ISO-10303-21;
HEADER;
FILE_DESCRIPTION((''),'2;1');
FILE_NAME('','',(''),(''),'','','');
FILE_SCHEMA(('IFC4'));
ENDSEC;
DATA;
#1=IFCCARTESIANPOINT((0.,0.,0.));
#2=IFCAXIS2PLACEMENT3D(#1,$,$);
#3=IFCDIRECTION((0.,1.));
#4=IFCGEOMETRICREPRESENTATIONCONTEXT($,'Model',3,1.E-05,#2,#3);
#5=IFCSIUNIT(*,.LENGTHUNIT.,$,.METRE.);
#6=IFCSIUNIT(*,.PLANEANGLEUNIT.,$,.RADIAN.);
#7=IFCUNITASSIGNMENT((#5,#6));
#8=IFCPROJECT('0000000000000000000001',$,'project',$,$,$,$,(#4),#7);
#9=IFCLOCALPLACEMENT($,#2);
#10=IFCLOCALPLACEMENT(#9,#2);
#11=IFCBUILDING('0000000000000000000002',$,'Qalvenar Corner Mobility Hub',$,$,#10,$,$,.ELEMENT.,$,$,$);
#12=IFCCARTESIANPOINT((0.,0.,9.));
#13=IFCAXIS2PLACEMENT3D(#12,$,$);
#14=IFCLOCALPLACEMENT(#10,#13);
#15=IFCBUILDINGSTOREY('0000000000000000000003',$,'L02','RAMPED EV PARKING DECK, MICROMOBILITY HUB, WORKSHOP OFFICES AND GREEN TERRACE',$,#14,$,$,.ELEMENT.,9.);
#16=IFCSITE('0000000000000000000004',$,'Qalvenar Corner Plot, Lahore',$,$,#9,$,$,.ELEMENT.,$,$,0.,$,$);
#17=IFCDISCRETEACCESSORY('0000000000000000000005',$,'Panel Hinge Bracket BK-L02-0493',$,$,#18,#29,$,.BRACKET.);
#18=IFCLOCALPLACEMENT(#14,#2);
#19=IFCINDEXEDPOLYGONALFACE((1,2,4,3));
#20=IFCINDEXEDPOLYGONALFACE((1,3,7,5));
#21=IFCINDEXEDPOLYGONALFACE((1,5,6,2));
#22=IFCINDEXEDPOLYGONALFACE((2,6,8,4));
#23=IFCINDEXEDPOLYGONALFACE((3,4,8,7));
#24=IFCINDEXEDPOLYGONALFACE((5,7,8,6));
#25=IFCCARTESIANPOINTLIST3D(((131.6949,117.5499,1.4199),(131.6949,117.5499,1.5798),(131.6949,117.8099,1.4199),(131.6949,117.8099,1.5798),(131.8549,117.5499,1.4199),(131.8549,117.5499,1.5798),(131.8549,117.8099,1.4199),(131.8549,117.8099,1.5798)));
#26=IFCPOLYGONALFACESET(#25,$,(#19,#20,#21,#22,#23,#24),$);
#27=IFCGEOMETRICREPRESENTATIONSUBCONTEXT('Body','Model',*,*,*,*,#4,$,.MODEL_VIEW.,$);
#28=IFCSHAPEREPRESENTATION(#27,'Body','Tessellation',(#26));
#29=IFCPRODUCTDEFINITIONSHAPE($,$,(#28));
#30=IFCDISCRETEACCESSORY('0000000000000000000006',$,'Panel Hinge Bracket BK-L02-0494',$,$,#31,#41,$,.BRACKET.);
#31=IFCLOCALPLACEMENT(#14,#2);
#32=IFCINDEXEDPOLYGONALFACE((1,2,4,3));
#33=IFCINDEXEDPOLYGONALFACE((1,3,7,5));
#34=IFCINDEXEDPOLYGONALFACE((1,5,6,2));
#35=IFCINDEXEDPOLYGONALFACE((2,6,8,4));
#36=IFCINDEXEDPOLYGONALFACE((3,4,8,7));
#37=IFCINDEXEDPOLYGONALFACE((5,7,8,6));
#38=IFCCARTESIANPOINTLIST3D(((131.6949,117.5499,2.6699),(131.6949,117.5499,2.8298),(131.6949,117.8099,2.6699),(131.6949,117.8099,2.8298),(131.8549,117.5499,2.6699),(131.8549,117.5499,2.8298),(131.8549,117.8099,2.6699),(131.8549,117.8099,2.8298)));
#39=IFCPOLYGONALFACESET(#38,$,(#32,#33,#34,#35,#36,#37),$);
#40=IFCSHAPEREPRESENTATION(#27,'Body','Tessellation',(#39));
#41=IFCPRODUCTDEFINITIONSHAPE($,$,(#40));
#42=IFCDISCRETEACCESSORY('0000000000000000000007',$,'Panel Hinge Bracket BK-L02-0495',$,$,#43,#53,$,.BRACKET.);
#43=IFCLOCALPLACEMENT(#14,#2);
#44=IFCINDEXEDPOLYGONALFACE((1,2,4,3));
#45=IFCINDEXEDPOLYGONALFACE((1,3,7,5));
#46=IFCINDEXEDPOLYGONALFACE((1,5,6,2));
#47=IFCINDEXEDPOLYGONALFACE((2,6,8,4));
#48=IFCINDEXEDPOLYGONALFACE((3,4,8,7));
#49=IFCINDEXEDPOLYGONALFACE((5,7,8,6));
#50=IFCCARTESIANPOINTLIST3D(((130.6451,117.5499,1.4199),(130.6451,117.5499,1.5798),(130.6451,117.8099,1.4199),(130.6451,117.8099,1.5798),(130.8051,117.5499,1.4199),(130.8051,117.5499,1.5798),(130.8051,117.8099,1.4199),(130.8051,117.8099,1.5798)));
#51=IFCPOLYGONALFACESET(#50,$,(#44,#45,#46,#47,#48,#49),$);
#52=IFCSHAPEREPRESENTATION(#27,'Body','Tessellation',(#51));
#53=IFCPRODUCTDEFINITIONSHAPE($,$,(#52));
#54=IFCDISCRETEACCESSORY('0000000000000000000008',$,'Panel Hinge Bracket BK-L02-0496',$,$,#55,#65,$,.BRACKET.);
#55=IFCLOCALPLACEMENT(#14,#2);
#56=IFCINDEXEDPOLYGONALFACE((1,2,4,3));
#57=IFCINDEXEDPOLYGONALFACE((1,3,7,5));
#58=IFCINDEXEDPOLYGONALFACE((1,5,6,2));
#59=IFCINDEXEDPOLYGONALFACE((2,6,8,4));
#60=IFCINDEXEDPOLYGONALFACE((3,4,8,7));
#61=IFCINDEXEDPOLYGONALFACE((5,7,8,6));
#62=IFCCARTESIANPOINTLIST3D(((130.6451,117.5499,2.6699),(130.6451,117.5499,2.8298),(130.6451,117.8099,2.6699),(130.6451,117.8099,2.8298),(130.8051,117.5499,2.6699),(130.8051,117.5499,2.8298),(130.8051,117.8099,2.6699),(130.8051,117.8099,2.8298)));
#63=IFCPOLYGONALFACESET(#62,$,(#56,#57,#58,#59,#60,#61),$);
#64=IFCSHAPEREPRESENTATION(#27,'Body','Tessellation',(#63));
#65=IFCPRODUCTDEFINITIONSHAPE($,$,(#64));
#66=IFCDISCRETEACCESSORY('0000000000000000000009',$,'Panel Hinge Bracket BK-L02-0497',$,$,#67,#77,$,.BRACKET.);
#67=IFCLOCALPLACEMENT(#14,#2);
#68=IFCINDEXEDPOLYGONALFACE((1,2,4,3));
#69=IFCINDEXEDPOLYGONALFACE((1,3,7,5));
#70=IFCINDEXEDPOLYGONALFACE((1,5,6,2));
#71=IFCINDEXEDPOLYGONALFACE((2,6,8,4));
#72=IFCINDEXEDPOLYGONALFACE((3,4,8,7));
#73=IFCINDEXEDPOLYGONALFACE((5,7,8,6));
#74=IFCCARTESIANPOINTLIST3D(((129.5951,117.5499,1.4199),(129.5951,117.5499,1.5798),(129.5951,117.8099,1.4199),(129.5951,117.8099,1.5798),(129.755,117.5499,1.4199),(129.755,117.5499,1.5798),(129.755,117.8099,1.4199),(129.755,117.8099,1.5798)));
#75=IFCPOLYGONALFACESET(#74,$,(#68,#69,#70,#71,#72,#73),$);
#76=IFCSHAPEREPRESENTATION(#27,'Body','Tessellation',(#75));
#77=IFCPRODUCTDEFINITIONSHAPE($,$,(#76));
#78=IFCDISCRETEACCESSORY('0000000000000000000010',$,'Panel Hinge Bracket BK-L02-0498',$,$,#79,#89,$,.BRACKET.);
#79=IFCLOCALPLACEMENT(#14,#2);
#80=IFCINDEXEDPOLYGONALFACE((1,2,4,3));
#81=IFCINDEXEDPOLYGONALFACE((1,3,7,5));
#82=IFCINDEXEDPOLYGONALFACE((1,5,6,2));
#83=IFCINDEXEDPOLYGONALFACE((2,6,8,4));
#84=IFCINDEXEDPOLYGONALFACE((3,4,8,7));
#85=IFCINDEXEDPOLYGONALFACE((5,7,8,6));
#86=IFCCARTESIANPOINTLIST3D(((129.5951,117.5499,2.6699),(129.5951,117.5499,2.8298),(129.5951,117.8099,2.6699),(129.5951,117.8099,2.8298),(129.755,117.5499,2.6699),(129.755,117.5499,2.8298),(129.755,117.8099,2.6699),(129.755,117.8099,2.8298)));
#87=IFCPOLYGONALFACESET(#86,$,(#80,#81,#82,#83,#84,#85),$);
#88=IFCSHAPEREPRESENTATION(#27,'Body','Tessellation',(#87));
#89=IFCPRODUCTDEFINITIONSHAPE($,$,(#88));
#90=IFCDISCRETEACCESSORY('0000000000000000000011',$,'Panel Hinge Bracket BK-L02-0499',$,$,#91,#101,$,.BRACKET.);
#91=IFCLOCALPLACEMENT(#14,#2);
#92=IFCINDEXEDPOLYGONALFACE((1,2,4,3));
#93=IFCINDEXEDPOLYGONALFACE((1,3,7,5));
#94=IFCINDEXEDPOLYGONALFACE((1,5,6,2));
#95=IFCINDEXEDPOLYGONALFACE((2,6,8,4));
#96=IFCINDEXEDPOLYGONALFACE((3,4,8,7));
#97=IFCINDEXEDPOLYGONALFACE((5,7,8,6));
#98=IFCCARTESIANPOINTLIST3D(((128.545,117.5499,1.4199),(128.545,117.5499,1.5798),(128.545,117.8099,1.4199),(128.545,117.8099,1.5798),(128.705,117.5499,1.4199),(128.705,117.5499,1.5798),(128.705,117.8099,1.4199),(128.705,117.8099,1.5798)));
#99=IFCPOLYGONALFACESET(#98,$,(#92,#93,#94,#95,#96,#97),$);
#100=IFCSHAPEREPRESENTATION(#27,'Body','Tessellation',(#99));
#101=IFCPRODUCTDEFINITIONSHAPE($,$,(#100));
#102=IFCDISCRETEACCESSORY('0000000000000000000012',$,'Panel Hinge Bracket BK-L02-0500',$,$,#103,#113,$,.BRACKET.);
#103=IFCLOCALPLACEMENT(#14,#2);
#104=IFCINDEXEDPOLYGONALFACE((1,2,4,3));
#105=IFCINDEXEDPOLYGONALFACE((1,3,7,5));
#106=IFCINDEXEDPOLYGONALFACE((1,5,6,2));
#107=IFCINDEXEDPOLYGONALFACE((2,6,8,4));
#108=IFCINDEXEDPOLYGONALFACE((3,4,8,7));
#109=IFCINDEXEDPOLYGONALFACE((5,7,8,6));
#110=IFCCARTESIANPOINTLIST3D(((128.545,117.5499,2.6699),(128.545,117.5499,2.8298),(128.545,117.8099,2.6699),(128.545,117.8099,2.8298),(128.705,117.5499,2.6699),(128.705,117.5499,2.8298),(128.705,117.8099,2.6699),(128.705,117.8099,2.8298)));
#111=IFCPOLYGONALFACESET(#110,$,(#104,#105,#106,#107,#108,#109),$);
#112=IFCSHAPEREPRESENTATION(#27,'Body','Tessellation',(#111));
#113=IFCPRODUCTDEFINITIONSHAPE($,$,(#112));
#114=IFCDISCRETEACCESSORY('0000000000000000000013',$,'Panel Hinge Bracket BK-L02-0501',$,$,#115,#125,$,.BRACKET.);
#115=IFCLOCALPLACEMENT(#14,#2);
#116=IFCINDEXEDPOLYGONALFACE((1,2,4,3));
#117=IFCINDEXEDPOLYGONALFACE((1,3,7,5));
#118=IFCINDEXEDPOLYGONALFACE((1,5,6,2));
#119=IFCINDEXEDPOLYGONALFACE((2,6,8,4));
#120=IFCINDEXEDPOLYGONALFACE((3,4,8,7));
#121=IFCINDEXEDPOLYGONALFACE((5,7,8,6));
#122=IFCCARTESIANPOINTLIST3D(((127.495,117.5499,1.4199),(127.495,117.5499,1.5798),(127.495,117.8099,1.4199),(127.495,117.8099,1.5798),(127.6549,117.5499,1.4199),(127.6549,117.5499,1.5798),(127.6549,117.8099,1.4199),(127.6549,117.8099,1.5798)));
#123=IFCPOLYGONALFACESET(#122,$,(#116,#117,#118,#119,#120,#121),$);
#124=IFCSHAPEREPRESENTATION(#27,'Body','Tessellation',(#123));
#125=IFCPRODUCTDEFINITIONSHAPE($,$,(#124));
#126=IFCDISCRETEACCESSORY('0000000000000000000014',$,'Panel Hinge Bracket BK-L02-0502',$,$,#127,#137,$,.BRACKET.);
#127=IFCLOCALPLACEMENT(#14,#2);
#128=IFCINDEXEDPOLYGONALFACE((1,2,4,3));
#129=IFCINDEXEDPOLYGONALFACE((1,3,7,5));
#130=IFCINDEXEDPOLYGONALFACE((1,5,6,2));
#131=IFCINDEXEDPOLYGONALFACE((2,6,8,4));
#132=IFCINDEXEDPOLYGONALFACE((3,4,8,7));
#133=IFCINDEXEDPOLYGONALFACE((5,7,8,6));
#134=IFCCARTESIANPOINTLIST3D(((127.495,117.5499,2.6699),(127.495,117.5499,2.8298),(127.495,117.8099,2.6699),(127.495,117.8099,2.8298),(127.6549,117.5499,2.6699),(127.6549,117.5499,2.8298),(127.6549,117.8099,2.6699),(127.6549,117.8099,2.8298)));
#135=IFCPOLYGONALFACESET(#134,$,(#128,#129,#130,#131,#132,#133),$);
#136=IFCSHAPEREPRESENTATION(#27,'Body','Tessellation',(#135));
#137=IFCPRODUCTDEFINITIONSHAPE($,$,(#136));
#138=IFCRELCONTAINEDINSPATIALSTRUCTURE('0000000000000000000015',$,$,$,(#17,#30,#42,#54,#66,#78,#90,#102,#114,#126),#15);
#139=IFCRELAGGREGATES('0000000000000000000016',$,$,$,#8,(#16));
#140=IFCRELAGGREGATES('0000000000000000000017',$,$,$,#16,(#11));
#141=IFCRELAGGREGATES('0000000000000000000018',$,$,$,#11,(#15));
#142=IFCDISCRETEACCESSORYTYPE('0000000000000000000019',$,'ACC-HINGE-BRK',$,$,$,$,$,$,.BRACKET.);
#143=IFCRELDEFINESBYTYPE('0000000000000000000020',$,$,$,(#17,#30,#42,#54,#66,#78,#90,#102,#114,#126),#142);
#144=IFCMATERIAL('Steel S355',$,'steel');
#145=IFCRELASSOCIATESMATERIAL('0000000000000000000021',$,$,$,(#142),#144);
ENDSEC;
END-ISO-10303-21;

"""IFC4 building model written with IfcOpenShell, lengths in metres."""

from ifc_helpers import new_model, si_unit, direction, frame, origin, origin_2d, place, context, subcontext, project, spatial, rectangle, extrude, material, type_object, element, save


model = new_model("IFC4")

# Units and contexts
model_context = context("Model", 3, precision=1e-05, world=origin(), true_north=direction((0.0, 1.0)))
body_context = subcontext(model_context, "Body", "Model", "MODEL_VIEW")
ifc_project = project(units=[si_unit("LENGTHUNIT", "METRE"), si_unit("PLANEANGLEUNIT", "RADIAN")], contexts=[model_context])

# Site, building, storey
site_placement = place(None, origin())
site = spatial("IfcSite", under=ifc_project, at=site_placement, Name="Qalvenar Corner Plot, Lahore", CompositionType="ELEMENT", RefElevation=0.0)
building_placement = place(site_placement, origin())
building = spatial("IfcBuilding", under=site, at=building_placement, Name="Qalvenar Corner Mobility Hub", CompositionType="ELEMENT")
storey_placement = place(building_placement, frame((0.0, 0.0, 9.0)))
storey = spatial("IfcBuildingStorey", under=building, at=storey_placement, Name="L02", Description="RAMPED EV PARKING DECK, MICROMOBILITY HUB, WORKSHOP OFFICES AND GREEN TERRACE", CompositionType="ELEMENT", Elevation=9.0)

# Shared definitions
ifc_material_1 = material(Name="Steel S355", Category="steel")

# Discrete accessories
discrete_accessory_type = type_object("IfcDiscreteAccessoryType", Name="ACC-HINGE-BRK", PredefinedType="BRACKET", material=ifc_material_1)
for number, where, z_axis, x_axis, name in (
    (1, (131.7749, 117.6799, 1.4199), (0.0, 0.0, 1.0), (-1.0, 0.0, 0.0), "Panel Hinge Bracket BK-L02-0493"),
    (2, (131.7749, 117.6799, 2.6699), (0.0, 0.0, 1.0), (-1.0, 0.0, 0.0), "Panel Hinge Bracket BK-L02-0494"),
    (3, (130.7251, 117.6799, 1.4199), (0.0, 0.0, 1.0), (-1.0, 0.0, 0.0), "Panel Hinge Bracket BK-L02-0495"),
    (4, (130.7251, 117.6799, 2.6699), (0.0, 0.0, 1.0), (-1.0, 0.0, 0.0), "Panel Hinge Bracket BK-L02-0496"),
    (5, (129.675, 117.6799, 1.4199), (0.0, 0.0, 1.0), (-1.0, 0.0, 0.0), "Panel Hinge Bracket BK-L02-0497"),
    (6, (129.675, 117.6799, 2.6699), (0.0, 0.0, 1.0), (-1.0, 0.0, 0.0), "Panel Hinge Bracket BK-L02-0498"),
    (7, (128.625, 117.6799, 1.4199), (0.0, 0.0, 1.0), (-1.0, 0.0, 0.0), "Panel Hinge Bracket BK-L02-0499"),
    (8, (128.625, 117.6799, 2.6699), (0.0, 0.0, 1.0), (-1.0, 0.0, 0.0), "Panel Hinge Bracket BK-L02-0500"),
    (9, (127.575, 117.6799, 1.4199), (0.0, 0.0, 1.0), (-1.0, 0.0, 0.0), "Panel Hinge Bracket BK-L02-0501"),
    (10, (127.575, 117.6799, 2.6699), (0.0, 0.0, 1.0), (-1.0, 0.0, 0.0), "Panel Hinge Bracket BK-L02-0502"),
):
    element("IfcDiscreteAccessory", number, at=place(storey_placement, frame(where, z_axis=z_axis, x_axis=x_axis)), inside=storey, type_object=discrete_accessory_type, Name=name, PredefinedType="BRACKET", context=body_context, shape_type="SweptSolid", body=[
        extrude(rectangle(XDim=0.1599, YDim=0.26, at=origin_2d()), origin(), (0.0, 0.0, 1.0), 0.1599),
    ])

save(model, "model.ifc")
